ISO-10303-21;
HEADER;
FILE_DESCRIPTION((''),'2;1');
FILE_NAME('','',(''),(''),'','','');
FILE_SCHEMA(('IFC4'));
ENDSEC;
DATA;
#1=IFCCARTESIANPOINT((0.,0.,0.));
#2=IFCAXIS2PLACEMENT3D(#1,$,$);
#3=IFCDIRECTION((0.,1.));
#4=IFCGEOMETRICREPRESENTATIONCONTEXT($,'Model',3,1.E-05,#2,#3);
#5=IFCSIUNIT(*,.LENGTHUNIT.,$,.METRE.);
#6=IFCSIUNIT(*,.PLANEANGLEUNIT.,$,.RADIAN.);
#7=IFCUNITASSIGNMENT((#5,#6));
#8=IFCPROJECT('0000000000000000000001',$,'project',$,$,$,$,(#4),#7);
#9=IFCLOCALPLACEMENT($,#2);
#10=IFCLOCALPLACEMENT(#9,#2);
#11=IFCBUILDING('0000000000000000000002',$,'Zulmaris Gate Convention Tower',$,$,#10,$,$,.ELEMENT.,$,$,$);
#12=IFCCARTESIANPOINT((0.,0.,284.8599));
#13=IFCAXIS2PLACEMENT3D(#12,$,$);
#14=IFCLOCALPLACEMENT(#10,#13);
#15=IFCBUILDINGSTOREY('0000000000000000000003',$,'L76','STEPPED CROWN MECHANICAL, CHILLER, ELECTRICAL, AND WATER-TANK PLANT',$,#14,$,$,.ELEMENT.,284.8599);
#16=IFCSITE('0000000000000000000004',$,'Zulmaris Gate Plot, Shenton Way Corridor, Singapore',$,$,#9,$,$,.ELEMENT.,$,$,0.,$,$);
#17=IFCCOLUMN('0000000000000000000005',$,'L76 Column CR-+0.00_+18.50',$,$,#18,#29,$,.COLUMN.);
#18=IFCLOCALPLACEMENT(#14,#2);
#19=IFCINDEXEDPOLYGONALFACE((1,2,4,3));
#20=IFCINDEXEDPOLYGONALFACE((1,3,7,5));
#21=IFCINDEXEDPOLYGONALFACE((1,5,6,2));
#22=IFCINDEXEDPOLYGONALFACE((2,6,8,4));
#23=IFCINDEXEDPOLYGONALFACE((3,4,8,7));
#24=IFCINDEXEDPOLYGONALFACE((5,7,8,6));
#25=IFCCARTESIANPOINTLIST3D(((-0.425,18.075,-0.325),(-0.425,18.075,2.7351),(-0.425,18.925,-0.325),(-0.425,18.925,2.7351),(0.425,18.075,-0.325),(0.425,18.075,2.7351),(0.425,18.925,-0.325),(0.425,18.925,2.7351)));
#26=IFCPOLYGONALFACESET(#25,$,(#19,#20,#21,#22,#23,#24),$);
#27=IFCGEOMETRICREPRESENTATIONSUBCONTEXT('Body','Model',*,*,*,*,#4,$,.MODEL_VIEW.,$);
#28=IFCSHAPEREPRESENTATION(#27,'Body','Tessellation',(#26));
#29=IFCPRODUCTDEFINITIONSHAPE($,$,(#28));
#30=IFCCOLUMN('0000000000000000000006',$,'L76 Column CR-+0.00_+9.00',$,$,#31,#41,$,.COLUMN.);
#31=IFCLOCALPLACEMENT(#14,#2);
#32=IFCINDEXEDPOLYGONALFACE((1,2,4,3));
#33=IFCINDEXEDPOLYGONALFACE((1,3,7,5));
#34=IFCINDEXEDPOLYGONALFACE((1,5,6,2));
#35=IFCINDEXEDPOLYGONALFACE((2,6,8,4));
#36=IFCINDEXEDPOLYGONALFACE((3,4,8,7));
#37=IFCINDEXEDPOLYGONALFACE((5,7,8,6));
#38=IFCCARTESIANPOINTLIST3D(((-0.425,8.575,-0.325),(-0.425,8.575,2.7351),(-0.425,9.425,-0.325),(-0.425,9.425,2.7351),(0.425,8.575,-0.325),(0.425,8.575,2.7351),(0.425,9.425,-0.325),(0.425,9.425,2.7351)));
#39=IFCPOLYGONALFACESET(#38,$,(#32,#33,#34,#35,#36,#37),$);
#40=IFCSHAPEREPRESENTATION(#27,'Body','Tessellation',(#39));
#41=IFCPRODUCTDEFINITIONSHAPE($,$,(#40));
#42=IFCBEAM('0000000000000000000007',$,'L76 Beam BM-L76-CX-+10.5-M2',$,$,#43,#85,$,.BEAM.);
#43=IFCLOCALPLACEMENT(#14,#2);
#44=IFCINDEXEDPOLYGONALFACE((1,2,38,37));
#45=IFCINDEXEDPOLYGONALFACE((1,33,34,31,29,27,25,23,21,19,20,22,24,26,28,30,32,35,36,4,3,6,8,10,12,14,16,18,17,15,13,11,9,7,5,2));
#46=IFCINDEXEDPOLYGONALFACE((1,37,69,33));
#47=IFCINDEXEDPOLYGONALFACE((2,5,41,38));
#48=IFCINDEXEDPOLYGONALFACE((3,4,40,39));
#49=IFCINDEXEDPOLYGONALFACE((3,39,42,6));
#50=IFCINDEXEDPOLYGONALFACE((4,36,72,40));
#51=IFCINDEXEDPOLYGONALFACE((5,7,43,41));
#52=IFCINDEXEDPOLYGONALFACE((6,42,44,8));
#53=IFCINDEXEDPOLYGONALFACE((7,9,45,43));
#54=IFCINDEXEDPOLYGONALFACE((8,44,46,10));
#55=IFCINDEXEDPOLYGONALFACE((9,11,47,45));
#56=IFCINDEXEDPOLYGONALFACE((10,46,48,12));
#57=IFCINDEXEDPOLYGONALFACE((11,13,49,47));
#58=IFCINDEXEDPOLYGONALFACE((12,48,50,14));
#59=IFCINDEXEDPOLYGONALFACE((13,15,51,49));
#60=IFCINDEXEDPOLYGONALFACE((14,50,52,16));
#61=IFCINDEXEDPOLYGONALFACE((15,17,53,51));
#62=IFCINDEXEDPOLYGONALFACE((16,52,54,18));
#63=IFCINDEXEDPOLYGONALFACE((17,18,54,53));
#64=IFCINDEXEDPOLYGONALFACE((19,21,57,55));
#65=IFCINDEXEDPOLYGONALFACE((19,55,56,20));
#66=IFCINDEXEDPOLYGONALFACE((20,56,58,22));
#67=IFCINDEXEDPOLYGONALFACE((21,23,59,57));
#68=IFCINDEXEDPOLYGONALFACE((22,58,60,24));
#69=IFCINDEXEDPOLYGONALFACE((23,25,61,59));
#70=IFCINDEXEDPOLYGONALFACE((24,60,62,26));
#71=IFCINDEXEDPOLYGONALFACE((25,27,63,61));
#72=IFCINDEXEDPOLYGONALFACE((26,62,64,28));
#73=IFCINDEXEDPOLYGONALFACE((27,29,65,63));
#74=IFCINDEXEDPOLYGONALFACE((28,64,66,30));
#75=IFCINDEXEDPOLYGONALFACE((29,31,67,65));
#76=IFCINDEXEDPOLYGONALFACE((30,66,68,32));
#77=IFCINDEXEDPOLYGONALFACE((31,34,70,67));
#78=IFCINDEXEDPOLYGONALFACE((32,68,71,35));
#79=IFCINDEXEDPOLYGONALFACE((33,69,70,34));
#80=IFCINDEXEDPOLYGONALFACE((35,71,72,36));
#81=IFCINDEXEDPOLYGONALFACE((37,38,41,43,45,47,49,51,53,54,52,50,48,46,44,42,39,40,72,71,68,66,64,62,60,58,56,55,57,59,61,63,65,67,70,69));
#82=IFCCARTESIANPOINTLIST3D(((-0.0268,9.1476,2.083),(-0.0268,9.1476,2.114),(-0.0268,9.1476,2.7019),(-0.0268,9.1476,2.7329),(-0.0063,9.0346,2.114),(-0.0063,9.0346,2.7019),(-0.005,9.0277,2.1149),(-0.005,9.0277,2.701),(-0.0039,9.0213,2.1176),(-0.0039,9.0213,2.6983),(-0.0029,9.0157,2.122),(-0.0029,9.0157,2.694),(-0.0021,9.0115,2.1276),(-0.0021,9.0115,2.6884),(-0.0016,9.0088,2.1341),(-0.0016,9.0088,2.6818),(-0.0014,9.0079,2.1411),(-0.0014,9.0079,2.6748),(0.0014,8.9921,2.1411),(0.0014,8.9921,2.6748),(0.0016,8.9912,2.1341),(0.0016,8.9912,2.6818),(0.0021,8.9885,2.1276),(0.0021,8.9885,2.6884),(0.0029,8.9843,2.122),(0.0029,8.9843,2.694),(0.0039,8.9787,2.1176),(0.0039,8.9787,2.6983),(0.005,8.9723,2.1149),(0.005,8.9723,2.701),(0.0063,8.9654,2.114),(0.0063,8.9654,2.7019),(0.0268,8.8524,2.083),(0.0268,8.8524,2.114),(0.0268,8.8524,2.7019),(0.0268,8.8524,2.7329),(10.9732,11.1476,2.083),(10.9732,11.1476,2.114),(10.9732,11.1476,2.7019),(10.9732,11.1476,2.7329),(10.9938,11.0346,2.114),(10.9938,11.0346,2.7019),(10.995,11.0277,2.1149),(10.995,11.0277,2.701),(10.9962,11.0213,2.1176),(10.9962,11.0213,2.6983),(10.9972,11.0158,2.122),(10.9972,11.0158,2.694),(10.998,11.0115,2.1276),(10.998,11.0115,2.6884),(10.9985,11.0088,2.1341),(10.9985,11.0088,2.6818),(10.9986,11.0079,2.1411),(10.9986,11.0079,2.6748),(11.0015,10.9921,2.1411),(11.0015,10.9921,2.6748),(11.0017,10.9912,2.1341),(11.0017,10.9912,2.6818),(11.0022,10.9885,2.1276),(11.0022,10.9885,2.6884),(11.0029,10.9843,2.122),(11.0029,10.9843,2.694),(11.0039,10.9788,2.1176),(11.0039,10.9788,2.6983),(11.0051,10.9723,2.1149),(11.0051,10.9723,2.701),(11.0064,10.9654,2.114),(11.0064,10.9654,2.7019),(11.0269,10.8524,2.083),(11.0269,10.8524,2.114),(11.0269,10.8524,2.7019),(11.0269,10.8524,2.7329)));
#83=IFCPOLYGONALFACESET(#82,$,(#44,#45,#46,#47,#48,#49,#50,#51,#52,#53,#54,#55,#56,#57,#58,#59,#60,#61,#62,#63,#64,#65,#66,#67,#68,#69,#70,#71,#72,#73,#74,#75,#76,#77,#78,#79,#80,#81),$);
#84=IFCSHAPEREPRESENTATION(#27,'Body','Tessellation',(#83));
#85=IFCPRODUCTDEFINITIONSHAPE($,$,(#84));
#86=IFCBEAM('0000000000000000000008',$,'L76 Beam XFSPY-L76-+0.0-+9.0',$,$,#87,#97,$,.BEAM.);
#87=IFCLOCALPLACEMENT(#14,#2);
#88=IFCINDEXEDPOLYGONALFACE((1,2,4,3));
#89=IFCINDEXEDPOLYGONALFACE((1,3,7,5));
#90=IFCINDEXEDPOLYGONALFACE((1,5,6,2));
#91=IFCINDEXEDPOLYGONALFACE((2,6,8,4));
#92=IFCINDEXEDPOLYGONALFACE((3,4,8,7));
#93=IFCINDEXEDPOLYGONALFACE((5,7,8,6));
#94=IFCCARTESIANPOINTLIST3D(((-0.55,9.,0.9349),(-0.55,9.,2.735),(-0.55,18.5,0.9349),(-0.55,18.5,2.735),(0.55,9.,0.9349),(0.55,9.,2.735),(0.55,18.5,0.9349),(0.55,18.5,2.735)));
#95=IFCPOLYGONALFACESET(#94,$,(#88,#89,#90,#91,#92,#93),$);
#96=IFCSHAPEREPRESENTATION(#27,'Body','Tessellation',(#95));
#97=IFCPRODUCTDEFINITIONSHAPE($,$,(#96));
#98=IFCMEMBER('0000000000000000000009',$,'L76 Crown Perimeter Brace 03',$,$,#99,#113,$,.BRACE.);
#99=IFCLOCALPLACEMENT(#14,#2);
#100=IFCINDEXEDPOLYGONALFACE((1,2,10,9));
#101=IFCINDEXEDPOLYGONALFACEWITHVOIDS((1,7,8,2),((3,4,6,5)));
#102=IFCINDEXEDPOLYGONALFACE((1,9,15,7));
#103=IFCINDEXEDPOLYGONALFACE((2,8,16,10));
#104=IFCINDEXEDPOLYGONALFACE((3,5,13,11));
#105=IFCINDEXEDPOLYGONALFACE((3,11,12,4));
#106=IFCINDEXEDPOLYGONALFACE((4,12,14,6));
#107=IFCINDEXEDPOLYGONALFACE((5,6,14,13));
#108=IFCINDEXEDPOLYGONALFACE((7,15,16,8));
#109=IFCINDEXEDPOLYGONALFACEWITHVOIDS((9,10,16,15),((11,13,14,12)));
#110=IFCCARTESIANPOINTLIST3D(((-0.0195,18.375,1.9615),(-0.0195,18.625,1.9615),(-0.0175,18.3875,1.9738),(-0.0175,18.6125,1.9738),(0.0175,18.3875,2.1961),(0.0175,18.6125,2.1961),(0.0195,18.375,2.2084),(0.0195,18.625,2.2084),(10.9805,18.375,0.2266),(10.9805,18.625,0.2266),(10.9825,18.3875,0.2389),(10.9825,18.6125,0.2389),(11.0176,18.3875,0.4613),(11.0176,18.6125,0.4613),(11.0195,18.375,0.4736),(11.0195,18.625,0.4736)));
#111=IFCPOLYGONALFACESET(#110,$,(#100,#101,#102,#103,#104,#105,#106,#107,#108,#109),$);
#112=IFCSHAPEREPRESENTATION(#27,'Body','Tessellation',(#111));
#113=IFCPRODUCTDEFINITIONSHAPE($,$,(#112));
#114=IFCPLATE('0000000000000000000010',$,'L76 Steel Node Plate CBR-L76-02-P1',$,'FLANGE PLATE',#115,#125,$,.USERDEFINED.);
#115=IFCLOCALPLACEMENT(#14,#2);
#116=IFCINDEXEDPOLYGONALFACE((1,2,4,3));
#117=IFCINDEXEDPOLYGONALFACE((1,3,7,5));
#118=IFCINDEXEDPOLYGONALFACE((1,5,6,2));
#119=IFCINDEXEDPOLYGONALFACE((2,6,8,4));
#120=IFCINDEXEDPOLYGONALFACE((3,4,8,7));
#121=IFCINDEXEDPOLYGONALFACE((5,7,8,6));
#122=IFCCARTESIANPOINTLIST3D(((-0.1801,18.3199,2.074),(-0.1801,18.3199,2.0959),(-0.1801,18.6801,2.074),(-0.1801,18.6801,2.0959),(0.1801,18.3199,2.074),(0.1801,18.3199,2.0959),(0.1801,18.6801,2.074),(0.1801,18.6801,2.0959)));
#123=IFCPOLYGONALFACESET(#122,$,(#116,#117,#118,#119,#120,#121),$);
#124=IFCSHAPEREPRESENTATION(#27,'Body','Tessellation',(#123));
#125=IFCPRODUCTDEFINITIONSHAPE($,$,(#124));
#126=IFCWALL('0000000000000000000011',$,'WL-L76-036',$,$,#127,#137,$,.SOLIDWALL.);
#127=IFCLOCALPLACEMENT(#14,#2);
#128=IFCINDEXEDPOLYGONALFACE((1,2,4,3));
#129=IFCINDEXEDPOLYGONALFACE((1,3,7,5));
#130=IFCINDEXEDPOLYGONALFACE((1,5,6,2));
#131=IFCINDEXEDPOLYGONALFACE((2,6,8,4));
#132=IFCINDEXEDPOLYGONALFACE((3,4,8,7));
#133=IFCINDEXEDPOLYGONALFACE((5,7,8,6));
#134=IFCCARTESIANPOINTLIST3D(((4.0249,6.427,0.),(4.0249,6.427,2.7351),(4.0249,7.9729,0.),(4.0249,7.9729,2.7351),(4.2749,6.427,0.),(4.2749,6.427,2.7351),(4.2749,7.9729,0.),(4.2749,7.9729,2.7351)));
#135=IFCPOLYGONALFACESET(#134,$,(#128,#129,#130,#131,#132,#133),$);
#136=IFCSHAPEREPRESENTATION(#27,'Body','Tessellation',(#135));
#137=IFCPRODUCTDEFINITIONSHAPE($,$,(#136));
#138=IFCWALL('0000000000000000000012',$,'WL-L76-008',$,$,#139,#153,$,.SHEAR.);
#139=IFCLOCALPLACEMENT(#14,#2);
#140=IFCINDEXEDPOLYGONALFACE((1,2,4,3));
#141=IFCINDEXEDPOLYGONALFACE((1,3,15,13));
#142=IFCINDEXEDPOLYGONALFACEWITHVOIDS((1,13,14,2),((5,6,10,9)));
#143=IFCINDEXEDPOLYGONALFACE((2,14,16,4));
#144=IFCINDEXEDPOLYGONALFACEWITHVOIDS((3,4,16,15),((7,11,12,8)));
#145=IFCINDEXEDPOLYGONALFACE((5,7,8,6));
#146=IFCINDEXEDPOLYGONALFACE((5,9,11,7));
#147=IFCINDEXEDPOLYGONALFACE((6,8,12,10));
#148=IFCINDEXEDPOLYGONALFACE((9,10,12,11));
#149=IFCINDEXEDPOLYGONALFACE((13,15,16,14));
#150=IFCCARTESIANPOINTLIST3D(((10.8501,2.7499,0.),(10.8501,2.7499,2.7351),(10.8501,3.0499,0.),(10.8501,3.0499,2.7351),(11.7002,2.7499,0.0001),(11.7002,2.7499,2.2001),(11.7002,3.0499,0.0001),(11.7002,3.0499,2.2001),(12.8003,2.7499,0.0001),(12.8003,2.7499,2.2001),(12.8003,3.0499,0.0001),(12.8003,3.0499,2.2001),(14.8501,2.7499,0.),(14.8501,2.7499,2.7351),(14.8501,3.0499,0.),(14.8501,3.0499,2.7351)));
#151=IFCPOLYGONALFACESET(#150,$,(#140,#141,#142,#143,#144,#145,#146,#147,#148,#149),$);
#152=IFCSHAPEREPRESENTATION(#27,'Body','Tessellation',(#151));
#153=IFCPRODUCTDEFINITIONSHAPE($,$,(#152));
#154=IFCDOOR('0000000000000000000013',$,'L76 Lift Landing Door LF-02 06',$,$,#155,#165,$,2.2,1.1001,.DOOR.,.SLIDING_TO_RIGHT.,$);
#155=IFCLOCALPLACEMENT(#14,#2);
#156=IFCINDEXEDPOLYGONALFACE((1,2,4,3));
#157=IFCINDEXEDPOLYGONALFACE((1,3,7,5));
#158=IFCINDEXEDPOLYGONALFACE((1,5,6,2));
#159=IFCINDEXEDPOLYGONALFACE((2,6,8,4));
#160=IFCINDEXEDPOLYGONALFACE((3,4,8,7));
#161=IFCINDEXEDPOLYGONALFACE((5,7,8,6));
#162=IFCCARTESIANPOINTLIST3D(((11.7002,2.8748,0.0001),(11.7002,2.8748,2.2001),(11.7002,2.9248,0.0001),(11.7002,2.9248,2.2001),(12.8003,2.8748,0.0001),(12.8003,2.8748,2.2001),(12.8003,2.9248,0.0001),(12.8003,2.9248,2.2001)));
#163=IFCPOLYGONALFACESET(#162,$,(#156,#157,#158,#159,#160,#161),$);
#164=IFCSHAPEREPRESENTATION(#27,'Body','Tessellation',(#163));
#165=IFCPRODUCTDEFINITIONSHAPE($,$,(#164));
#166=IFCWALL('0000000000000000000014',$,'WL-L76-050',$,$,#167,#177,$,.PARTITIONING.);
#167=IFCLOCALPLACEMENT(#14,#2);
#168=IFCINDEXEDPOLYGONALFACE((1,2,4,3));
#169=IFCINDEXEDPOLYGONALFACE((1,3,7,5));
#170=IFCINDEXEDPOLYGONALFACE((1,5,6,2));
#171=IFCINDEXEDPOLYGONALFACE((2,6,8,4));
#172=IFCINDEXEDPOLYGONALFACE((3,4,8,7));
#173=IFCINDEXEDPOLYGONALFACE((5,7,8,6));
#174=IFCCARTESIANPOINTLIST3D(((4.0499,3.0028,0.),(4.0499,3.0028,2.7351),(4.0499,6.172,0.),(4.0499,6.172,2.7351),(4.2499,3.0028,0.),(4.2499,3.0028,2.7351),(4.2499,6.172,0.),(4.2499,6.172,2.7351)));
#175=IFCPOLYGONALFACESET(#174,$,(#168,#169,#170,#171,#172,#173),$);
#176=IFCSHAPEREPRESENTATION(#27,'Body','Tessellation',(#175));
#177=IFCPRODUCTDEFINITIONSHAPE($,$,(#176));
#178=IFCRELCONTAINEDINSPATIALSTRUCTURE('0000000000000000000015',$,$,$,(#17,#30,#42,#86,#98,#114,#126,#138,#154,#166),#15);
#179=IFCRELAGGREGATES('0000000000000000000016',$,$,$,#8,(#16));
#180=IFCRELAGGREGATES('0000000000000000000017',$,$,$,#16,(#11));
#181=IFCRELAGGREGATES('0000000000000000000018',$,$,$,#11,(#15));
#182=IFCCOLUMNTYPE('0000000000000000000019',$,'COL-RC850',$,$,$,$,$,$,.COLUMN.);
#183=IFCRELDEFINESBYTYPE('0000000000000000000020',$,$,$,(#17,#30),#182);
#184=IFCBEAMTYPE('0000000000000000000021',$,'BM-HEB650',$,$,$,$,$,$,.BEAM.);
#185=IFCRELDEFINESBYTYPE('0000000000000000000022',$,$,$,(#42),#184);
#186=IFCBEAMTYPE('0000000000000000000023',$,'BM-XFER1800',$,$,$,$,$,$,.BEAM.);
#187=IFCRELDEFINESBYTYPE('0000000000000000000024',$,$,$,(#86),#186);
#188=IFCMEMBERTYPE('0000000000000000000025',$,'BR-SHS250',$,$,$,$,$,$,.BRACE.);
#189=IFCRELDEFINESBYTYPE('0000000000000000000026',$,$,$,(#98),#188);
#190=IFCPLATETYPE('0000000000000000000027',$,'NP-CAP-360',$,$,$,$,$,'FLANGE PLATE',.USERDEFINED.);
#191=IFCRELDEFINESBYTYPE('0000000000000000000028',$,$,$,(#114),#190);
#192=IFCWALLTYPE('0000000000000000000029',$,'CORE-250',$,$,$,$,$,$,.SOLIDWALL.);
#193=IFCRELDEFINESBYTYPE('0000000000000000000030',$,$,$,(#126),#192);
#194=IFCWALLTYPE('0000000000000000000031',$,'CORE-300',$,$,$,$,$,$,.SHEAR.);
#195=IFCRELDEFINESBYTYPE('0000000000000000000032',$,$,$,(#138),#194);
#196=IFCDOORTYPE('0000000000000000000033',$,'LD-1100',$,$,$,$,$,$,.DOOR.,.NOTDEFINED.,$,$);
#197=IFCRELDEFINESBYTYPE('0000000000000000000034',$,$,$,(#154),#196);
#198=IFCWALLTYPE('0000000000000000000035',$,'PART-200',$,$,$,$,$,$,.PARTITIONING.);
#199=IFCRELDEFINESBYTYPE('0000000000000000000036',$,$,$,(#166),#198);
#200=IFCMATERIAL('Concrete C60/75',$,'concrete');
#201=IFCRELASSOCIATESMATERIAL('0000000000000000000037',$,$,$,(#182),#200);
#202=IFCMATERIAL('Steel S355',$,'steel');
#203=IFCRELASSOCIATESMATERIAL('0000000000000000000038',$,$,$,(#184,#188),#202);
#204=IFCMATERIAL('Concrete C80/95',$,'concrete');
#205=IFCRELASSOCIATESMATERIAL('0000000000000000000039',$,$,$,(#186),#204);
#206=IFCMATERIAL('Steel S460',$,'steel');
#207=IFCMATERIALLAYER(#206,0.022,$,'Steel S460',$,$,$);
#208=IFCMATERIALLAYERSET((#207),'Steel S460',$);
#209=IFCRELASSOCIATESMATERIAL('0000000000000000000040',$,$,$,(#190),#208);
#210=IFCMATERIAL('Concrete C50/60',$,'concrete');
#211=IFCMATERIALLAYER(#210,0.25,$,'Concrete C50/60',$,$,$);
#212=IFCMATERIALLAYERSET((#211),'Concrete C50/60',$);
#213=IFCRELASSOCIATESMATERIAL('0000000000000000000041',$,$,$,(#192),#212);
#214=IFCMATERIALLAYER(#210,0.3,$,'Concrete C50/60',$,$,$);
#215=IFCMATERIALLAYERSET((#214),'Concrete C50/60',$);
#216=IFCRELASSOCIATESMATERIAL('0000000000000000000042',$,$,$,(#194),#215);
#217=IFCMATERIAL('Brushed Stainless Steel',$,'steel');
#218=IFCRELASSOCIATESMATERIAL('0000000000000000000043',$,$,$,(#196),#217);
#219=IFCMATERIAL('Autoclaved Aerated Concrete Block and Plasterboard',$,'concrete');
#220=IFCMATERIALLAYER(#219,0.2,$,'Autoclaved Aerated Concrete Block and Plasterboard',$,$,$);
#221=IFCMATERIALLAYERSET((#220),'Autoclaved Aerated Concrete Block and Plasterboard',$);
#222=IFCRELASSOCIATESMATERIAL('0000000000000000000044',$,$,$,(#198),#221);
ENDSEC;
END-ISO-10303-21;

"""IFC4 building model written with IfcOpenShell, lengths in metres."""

from ifc_helpers import new_model, si_unit, direction, frame, frame_2d, origin, origin_2d, place, context, subcontext, project, spatial, rectangle, hollow_rectangle, i_section, extrude, material, layer, layer_set, material_profile, profile_set, type_object, element, fill, save


model = new_model("IFC4")

# Units and contexts
model_context = context("Model", 3, precision=1e-05, world=origin(), true_north=direction((0.0, 1.0)))
body_context = subcontext(model_context, "Body", "Model", "MODEL_VIEW")
ifc_project = project(units=[si_unit("LENGTHUNIT", "METRE"), si_unit("PLANEANGLEUNIT", "RADIAN")], contexts=[model_context])

# Site, building, storey
site_placement = place(None, origin())
site = spatial("IfcSite", under=ifc_project, at=site_placement, Name="Zulmaris Gate Plot, Shenton Way Corridor, Singapore", CompositionType="ELEMENT", RefElevation=0.0)
building_placement = place(site_placement, origin())
building = spatial("IfcBuilding", under=site, at=building_placement, Name="Zulmaris Gate Convention Tower", CompositionType="ELEMENT")
storey_placement = place(building_placement, frame((0.0, 0.0, 284.8599)))
storey = spatial("IfcBuildingStorey", under=building, at=storey_placement, Name="L76", Description="STEPPED CROWN MECHANICAL, CHILLER, ELECTRICAL, AND WATER-TANK PLANT", CompositionType="ELEMENT", Elevation=284.8599)

# Columns
ifc_material_1 = material(Name="Concrete C60/75", Category="concrete")
ifc_material_profile_1 = material_profile(ifc_material_1, rectangle(XDim=0.8501, YDim=0.8501, at=origin_2d()), Name="RC COL 850x850")
ifc_profile_set_1 = profile_set([ifc_material_profile_1], Name="Concrete C60/75")
column_type = type_object("IfcColumnType", Name="COL-RC850", PredefinedType="COLUMN", material=ifc_profile_set_1)
for number, where, z_axis, x_axis, name in (
    (1, (0.0, 18.5, -0.325), (0.0, 0.0, 1.0), (1.0, 0.0, 0.0), "L76 Column CR-+0.00_+18.50"),
    (2, (0.0, 9.0, -0.325), (0.0, 0.0, 1.0), (1.0, 0.0, 0.0), "L76 Column CR-+0.00_+9.00"),
):
    element("IfcColumn", number, at=place(storey_placement, frame(where, z_axis=z_axis, x_axis=x_axis)), inside=storey, type_object=column_type, Name=name, PredefinedType="COLUMN", context=body_context, shape_type="SweptSolid", body=[
        extrude(rectangle(XDim=0.8501, YDim=0.8501, at=origin_2d()), origin(), (0.0, 0.0, 1.0), 3.0601),
    ])

# Beams
ifc_material_2 = material(Name="Steel S355", Category="steel")
ifc_material_profile_2 = material_profile(ifc_material_2, i_section(OverallWidth=0.3, OverallDepth=0.6499, WebThickness=0.0161, FlangeThickness=0.031, FilletRadius=0.0271, at=origin_2d()), Name="HEB 650")
ifc_profile_set_2 = profile_set([ifc_material_profile_2], Name="Steel S355")
beam_type_1 = type_object("IfcBeamType", Name="BM-HEB650", PredefinedType="BEAM", material=ifc_profile_set_2)
beam_1_placement = place(storey_placement, frame((0.0, 9.0, 2.408), z_axis=(0.98387, 0.178885, 0.0), x_axis=(-0.178885, 0.98387, 0.0)))
element("IfcBeam", 3, at=beam_1_placement, inside=storey, type_object=beam_type_1, Name="L76 Beam BM-L76-CX-+10.5-M2", PredefinedType="BEAM", context=body_context, shape_type="SweptSolid", body=[
    extrude(i_section(OverallWidth=0.3, OverallDepth=0.6499, WebThickness=0.0161, FlangeThickness=0.031, FilletRadius=0.0271, at=origin_2d()), origin(), (0.0, 0.0, 1.0), 11.1804),
])
ifc_material_3 = material(Name="Concrete C80/95", Category="concrete")
ifc_material_profile_3 = material_profile(ifc_material_3, rectangle(XDim=1.1001, YDim=1.8, at=origin_2d()), Name="RC TRANSFER 1100x1800")
ifc_profile_set_3 = profile_set([ifc_material_profile_3], Name="Concrete C80/95")
beam_type_2 = type_object("IfcBeamType", Name="BM-XFER1800", PredefinedType="BEAM", material=ifc_profile_set_3)
beam_2_placement = place(storey_placement, frame((0.0, 9.0, 1.835), z_axis=(0.0, 1.0, 0.0), x_axis=(-1.0, 0.0, 0.0)))
element("IfcBeam", 4, at=beam_2_placement, inside=storey, type_object=beam_type_2, Name="L76 Beam XFSPY-L76-+0.0-+9.0", PredefinedType="BEAM", context=body_context, shape_type="SweptSolid", body=[
    extrude(rectangle(XDim=1.1001, YDim=1.8, at=origin_2d()), origin(), (0.0, 0.0, 1.0), 9.5),
])

# Member
ifc_material_profile_4 = material_profile(ifc_material_2, hollow_rectangle(XDim=0.25, YDim=0.25, WallThickness=0.0125, at=origin_2d()), Name="SHS 250x250x12.5")
ifc_profile_set_4 = profile_set([ifc_material_profile_4], Name="Steel S355")
member_type = type_object("IfcMemberType", Name="BR-SHS250", PredefinedType="BRACE", material=ifc_profile_set_4)
member_placement = place(storey_placement, frame((0.0, 18.5, 2.085), z_axis=(0.98779, 0.0, -0.155789), x_axis=(0.0, 1.0, 0.0)))
element("IfcMember", 5, at=member_placement, inside=storey, type_object=member_type, Name="L76 Crown Perimeter Brace 03", PredefinedType="BRACE", context=body_context, shape_type="SweptSolid", body=[
    extrude(hollow_rectangle(XDim=0.25, YDim=0.25, WallThickness=0.0125, at=origin_2d()), origin(), (0.0, 0.0, 1.0), 11.136),
])

# Plate
ifc_material_4 = material(Name="Steel S460", Category="steel")
ifc_layer_1 = layer(ifc_material_4, 0.022, Name="Steel S460")
ifc_layer_set_1 = layer_set([ifc_layer_1], Name="Steel S460")
plate_type = type_object("IfcPlateType", Name="NP-CAP-360", ElementType="FLANGE PLATE", PredefinedType="USERDEFINED", material=ifc_layer_set_1)
plate_placement = place(storey_placement, frame((0.0, 18.5, 2.074), z_axis=(0.0, 0.0, 1.0), x_axis=(1.0, 0.0, 0.0)))
element("IfcPlate", 6, at=plate_placement, inside=storey, type_object=plate_type, Name="L76 Steel Node Plate CBR-L76-02-P1", ObjectType="FLANGE PLATE", PredefinedType="USERDEFINED", context=body_context, shape_type="SweptSolid", body=[
    extrude(rectangle(XDim=0.3601, YDim=0.3601, at=origin_2d()), origin(), (0.0, 0.0, 1.0), 0.022),
])

# Wall
ifc_material_5 = material(Name="Concrete C50/60", Category="concrete")
ifc_layer_2 = layer(ifc_material_5, 0.25, Name="Concrete C50/60")
ifc_layer_set_2 = layer_set([ifc_layer_2], Name="Concrete C50/60")
wall_type_1 = type_object("IfcWallType", Name="CORE-250", PredefinedType="SOLIDWALL", material=ifc_layer_set_2)
wall_1_placement = place(storey_placement, frame((4.1499, 6.427, 0.0), z_axis=(0.0, 0.0, 1.0), x_axis=(0.0, 1.0, 0.0)))
element("IfcWall", 7, at=wall_1_placement, inside=storey, type_object=wall_type_1, Name="WL-L76-036", PredefinedType="SOLIDWALL", context=body_context, shape_type="SweptSolid", body=[
    extrude(rectangle(XDim=1.5459, YDim=0.25, at=frame_2d((0.7729, 0.0))), origin(), (0.0, 0.0, 1.0), 2.7351),
])

# Wall, opening, door
ifc_layer_3 = layer(ifc_material_5, 0.3, Name="Concrete C50/60")
ifc_layer_set_3 = layer_set([ifc_layer_3], Name="Concrete C50/60")
wall_type_2 = type_object("IfcWallType", Name="CORE-300", PredefinedType="SHEAR", material=ifc_layer_set_3)
wall_2_placement = place(storey_placement, frame((10.8501, 2.8999, 0.0), z_axis=(0.0, 0.0, 1.0), x_axis=(1.0, 0.0, 0.0)))
wall_2 = element("IfcWall", 8, at=wall_2_placement, inside=storey, type_object=wall_type_2, Name="WL-L76-008", PredefinedType="SHEAR", context=body_context, shape_type="SweptSolid", body=[
    extrude(rectangle(XDim=4.0, YDim=0.3, at=frame_2d((2.0, 0.0))), origin(), (0.0, 0.0, 1.0), 2.7351),
])
opening_1_placement = place(wall_2_placement, frame((0.8501, 0.0, 0.0)))
opening_1 = element("IfcOpeningElement", 9, at=opening_1_placement, cuts=wall_2, PredefinedType="OPENING", context=body_context, shape_type="SweptSolid", body=[
    extrude(rectangle(XDim=1.1001, YDim=2.2, at=frame_2d((0.55, 1.1001))), frame((0.0, 0.1602, 0.0), z_axis=(0.0, -1.0, 0.0), x_axis=(1.0, 0.0, 0.0)), (0.0, 0.0, 1.0), 0.3201),
])
ifc_material_6 = material(Name="Brushed Stainless Steel", Category="steel")
door_type_1 = type_object("IfcDoorType", Name="LD-1100", OperationType="NOTDEFINED", PredefinedType="DOOR", material=ifc_material_6)
door_1_placement = place(opening_1_placement, origin())
door_1 = element("IfcDoor", 10, at=door_1_placement, inside=storey, type_object=door_type_1, Name="L76 Lift Landing Door LF-02 06", OperationType="SLIDING_TO_RIGHT", OverallHeight=2.2, OverallWidth=1.1001, PredefinedType="DOOR", context=body_context, shape_type="SweptSolid", body=[
    extrude(rectangle(XDim=1.1001, YDim=2.2, at=frame_2d((0.55, 1.1001))), frame((0.0, 0.0249, 0.0), z_axis=(0.0, -1.0, 0.0), x_axis=(1.0, 0.0, 0.0)), (0.0, 0.0, 1.0), 0.05),
])
fill(opening_1, door_1)
ifc_material_7 = material(Name="Autoclaved Aerated Concrete Block and Plasterboard", Category="concrete")
ifc_layer_4 = layer(ifc_material_7, 0.2, Name="Autoclaved Aerated Concrete Block and Plasterboard")
ifc_layer_set_4 = layer_set([ifc_layer_4], Name="Autoclaved Aerated Concrete Block and Plasterboard")
wall_type_3 = type_object("IfcWallType", Name="PART-200", PredefinedType="PARTITIONING", material=ifc_layer_set_4)

# Wall
wall_3_placement = place(storey_placement, frame((4.1499, 3.0029, 0.0), z_axis=(0.0, 0.0, 1.0), x_axis=(0.0, 1.0, 0.0)))
element("IfcWall", 11, at=wall_3_placement, inside=storey, type_object=wall_type_3, Name="WL-L76-050", PredefinedType="PARTITIONING", context=body_context, shape_type="SweptSolid", body=[
    extrude(rectangle(XDim=3.1692, YDim=0.2, at=frame_2d((1.5845, 0.0))), origin(), (0.0, 0.0, 1.0), 2.7351),
])

save(model, "model.ifc")
